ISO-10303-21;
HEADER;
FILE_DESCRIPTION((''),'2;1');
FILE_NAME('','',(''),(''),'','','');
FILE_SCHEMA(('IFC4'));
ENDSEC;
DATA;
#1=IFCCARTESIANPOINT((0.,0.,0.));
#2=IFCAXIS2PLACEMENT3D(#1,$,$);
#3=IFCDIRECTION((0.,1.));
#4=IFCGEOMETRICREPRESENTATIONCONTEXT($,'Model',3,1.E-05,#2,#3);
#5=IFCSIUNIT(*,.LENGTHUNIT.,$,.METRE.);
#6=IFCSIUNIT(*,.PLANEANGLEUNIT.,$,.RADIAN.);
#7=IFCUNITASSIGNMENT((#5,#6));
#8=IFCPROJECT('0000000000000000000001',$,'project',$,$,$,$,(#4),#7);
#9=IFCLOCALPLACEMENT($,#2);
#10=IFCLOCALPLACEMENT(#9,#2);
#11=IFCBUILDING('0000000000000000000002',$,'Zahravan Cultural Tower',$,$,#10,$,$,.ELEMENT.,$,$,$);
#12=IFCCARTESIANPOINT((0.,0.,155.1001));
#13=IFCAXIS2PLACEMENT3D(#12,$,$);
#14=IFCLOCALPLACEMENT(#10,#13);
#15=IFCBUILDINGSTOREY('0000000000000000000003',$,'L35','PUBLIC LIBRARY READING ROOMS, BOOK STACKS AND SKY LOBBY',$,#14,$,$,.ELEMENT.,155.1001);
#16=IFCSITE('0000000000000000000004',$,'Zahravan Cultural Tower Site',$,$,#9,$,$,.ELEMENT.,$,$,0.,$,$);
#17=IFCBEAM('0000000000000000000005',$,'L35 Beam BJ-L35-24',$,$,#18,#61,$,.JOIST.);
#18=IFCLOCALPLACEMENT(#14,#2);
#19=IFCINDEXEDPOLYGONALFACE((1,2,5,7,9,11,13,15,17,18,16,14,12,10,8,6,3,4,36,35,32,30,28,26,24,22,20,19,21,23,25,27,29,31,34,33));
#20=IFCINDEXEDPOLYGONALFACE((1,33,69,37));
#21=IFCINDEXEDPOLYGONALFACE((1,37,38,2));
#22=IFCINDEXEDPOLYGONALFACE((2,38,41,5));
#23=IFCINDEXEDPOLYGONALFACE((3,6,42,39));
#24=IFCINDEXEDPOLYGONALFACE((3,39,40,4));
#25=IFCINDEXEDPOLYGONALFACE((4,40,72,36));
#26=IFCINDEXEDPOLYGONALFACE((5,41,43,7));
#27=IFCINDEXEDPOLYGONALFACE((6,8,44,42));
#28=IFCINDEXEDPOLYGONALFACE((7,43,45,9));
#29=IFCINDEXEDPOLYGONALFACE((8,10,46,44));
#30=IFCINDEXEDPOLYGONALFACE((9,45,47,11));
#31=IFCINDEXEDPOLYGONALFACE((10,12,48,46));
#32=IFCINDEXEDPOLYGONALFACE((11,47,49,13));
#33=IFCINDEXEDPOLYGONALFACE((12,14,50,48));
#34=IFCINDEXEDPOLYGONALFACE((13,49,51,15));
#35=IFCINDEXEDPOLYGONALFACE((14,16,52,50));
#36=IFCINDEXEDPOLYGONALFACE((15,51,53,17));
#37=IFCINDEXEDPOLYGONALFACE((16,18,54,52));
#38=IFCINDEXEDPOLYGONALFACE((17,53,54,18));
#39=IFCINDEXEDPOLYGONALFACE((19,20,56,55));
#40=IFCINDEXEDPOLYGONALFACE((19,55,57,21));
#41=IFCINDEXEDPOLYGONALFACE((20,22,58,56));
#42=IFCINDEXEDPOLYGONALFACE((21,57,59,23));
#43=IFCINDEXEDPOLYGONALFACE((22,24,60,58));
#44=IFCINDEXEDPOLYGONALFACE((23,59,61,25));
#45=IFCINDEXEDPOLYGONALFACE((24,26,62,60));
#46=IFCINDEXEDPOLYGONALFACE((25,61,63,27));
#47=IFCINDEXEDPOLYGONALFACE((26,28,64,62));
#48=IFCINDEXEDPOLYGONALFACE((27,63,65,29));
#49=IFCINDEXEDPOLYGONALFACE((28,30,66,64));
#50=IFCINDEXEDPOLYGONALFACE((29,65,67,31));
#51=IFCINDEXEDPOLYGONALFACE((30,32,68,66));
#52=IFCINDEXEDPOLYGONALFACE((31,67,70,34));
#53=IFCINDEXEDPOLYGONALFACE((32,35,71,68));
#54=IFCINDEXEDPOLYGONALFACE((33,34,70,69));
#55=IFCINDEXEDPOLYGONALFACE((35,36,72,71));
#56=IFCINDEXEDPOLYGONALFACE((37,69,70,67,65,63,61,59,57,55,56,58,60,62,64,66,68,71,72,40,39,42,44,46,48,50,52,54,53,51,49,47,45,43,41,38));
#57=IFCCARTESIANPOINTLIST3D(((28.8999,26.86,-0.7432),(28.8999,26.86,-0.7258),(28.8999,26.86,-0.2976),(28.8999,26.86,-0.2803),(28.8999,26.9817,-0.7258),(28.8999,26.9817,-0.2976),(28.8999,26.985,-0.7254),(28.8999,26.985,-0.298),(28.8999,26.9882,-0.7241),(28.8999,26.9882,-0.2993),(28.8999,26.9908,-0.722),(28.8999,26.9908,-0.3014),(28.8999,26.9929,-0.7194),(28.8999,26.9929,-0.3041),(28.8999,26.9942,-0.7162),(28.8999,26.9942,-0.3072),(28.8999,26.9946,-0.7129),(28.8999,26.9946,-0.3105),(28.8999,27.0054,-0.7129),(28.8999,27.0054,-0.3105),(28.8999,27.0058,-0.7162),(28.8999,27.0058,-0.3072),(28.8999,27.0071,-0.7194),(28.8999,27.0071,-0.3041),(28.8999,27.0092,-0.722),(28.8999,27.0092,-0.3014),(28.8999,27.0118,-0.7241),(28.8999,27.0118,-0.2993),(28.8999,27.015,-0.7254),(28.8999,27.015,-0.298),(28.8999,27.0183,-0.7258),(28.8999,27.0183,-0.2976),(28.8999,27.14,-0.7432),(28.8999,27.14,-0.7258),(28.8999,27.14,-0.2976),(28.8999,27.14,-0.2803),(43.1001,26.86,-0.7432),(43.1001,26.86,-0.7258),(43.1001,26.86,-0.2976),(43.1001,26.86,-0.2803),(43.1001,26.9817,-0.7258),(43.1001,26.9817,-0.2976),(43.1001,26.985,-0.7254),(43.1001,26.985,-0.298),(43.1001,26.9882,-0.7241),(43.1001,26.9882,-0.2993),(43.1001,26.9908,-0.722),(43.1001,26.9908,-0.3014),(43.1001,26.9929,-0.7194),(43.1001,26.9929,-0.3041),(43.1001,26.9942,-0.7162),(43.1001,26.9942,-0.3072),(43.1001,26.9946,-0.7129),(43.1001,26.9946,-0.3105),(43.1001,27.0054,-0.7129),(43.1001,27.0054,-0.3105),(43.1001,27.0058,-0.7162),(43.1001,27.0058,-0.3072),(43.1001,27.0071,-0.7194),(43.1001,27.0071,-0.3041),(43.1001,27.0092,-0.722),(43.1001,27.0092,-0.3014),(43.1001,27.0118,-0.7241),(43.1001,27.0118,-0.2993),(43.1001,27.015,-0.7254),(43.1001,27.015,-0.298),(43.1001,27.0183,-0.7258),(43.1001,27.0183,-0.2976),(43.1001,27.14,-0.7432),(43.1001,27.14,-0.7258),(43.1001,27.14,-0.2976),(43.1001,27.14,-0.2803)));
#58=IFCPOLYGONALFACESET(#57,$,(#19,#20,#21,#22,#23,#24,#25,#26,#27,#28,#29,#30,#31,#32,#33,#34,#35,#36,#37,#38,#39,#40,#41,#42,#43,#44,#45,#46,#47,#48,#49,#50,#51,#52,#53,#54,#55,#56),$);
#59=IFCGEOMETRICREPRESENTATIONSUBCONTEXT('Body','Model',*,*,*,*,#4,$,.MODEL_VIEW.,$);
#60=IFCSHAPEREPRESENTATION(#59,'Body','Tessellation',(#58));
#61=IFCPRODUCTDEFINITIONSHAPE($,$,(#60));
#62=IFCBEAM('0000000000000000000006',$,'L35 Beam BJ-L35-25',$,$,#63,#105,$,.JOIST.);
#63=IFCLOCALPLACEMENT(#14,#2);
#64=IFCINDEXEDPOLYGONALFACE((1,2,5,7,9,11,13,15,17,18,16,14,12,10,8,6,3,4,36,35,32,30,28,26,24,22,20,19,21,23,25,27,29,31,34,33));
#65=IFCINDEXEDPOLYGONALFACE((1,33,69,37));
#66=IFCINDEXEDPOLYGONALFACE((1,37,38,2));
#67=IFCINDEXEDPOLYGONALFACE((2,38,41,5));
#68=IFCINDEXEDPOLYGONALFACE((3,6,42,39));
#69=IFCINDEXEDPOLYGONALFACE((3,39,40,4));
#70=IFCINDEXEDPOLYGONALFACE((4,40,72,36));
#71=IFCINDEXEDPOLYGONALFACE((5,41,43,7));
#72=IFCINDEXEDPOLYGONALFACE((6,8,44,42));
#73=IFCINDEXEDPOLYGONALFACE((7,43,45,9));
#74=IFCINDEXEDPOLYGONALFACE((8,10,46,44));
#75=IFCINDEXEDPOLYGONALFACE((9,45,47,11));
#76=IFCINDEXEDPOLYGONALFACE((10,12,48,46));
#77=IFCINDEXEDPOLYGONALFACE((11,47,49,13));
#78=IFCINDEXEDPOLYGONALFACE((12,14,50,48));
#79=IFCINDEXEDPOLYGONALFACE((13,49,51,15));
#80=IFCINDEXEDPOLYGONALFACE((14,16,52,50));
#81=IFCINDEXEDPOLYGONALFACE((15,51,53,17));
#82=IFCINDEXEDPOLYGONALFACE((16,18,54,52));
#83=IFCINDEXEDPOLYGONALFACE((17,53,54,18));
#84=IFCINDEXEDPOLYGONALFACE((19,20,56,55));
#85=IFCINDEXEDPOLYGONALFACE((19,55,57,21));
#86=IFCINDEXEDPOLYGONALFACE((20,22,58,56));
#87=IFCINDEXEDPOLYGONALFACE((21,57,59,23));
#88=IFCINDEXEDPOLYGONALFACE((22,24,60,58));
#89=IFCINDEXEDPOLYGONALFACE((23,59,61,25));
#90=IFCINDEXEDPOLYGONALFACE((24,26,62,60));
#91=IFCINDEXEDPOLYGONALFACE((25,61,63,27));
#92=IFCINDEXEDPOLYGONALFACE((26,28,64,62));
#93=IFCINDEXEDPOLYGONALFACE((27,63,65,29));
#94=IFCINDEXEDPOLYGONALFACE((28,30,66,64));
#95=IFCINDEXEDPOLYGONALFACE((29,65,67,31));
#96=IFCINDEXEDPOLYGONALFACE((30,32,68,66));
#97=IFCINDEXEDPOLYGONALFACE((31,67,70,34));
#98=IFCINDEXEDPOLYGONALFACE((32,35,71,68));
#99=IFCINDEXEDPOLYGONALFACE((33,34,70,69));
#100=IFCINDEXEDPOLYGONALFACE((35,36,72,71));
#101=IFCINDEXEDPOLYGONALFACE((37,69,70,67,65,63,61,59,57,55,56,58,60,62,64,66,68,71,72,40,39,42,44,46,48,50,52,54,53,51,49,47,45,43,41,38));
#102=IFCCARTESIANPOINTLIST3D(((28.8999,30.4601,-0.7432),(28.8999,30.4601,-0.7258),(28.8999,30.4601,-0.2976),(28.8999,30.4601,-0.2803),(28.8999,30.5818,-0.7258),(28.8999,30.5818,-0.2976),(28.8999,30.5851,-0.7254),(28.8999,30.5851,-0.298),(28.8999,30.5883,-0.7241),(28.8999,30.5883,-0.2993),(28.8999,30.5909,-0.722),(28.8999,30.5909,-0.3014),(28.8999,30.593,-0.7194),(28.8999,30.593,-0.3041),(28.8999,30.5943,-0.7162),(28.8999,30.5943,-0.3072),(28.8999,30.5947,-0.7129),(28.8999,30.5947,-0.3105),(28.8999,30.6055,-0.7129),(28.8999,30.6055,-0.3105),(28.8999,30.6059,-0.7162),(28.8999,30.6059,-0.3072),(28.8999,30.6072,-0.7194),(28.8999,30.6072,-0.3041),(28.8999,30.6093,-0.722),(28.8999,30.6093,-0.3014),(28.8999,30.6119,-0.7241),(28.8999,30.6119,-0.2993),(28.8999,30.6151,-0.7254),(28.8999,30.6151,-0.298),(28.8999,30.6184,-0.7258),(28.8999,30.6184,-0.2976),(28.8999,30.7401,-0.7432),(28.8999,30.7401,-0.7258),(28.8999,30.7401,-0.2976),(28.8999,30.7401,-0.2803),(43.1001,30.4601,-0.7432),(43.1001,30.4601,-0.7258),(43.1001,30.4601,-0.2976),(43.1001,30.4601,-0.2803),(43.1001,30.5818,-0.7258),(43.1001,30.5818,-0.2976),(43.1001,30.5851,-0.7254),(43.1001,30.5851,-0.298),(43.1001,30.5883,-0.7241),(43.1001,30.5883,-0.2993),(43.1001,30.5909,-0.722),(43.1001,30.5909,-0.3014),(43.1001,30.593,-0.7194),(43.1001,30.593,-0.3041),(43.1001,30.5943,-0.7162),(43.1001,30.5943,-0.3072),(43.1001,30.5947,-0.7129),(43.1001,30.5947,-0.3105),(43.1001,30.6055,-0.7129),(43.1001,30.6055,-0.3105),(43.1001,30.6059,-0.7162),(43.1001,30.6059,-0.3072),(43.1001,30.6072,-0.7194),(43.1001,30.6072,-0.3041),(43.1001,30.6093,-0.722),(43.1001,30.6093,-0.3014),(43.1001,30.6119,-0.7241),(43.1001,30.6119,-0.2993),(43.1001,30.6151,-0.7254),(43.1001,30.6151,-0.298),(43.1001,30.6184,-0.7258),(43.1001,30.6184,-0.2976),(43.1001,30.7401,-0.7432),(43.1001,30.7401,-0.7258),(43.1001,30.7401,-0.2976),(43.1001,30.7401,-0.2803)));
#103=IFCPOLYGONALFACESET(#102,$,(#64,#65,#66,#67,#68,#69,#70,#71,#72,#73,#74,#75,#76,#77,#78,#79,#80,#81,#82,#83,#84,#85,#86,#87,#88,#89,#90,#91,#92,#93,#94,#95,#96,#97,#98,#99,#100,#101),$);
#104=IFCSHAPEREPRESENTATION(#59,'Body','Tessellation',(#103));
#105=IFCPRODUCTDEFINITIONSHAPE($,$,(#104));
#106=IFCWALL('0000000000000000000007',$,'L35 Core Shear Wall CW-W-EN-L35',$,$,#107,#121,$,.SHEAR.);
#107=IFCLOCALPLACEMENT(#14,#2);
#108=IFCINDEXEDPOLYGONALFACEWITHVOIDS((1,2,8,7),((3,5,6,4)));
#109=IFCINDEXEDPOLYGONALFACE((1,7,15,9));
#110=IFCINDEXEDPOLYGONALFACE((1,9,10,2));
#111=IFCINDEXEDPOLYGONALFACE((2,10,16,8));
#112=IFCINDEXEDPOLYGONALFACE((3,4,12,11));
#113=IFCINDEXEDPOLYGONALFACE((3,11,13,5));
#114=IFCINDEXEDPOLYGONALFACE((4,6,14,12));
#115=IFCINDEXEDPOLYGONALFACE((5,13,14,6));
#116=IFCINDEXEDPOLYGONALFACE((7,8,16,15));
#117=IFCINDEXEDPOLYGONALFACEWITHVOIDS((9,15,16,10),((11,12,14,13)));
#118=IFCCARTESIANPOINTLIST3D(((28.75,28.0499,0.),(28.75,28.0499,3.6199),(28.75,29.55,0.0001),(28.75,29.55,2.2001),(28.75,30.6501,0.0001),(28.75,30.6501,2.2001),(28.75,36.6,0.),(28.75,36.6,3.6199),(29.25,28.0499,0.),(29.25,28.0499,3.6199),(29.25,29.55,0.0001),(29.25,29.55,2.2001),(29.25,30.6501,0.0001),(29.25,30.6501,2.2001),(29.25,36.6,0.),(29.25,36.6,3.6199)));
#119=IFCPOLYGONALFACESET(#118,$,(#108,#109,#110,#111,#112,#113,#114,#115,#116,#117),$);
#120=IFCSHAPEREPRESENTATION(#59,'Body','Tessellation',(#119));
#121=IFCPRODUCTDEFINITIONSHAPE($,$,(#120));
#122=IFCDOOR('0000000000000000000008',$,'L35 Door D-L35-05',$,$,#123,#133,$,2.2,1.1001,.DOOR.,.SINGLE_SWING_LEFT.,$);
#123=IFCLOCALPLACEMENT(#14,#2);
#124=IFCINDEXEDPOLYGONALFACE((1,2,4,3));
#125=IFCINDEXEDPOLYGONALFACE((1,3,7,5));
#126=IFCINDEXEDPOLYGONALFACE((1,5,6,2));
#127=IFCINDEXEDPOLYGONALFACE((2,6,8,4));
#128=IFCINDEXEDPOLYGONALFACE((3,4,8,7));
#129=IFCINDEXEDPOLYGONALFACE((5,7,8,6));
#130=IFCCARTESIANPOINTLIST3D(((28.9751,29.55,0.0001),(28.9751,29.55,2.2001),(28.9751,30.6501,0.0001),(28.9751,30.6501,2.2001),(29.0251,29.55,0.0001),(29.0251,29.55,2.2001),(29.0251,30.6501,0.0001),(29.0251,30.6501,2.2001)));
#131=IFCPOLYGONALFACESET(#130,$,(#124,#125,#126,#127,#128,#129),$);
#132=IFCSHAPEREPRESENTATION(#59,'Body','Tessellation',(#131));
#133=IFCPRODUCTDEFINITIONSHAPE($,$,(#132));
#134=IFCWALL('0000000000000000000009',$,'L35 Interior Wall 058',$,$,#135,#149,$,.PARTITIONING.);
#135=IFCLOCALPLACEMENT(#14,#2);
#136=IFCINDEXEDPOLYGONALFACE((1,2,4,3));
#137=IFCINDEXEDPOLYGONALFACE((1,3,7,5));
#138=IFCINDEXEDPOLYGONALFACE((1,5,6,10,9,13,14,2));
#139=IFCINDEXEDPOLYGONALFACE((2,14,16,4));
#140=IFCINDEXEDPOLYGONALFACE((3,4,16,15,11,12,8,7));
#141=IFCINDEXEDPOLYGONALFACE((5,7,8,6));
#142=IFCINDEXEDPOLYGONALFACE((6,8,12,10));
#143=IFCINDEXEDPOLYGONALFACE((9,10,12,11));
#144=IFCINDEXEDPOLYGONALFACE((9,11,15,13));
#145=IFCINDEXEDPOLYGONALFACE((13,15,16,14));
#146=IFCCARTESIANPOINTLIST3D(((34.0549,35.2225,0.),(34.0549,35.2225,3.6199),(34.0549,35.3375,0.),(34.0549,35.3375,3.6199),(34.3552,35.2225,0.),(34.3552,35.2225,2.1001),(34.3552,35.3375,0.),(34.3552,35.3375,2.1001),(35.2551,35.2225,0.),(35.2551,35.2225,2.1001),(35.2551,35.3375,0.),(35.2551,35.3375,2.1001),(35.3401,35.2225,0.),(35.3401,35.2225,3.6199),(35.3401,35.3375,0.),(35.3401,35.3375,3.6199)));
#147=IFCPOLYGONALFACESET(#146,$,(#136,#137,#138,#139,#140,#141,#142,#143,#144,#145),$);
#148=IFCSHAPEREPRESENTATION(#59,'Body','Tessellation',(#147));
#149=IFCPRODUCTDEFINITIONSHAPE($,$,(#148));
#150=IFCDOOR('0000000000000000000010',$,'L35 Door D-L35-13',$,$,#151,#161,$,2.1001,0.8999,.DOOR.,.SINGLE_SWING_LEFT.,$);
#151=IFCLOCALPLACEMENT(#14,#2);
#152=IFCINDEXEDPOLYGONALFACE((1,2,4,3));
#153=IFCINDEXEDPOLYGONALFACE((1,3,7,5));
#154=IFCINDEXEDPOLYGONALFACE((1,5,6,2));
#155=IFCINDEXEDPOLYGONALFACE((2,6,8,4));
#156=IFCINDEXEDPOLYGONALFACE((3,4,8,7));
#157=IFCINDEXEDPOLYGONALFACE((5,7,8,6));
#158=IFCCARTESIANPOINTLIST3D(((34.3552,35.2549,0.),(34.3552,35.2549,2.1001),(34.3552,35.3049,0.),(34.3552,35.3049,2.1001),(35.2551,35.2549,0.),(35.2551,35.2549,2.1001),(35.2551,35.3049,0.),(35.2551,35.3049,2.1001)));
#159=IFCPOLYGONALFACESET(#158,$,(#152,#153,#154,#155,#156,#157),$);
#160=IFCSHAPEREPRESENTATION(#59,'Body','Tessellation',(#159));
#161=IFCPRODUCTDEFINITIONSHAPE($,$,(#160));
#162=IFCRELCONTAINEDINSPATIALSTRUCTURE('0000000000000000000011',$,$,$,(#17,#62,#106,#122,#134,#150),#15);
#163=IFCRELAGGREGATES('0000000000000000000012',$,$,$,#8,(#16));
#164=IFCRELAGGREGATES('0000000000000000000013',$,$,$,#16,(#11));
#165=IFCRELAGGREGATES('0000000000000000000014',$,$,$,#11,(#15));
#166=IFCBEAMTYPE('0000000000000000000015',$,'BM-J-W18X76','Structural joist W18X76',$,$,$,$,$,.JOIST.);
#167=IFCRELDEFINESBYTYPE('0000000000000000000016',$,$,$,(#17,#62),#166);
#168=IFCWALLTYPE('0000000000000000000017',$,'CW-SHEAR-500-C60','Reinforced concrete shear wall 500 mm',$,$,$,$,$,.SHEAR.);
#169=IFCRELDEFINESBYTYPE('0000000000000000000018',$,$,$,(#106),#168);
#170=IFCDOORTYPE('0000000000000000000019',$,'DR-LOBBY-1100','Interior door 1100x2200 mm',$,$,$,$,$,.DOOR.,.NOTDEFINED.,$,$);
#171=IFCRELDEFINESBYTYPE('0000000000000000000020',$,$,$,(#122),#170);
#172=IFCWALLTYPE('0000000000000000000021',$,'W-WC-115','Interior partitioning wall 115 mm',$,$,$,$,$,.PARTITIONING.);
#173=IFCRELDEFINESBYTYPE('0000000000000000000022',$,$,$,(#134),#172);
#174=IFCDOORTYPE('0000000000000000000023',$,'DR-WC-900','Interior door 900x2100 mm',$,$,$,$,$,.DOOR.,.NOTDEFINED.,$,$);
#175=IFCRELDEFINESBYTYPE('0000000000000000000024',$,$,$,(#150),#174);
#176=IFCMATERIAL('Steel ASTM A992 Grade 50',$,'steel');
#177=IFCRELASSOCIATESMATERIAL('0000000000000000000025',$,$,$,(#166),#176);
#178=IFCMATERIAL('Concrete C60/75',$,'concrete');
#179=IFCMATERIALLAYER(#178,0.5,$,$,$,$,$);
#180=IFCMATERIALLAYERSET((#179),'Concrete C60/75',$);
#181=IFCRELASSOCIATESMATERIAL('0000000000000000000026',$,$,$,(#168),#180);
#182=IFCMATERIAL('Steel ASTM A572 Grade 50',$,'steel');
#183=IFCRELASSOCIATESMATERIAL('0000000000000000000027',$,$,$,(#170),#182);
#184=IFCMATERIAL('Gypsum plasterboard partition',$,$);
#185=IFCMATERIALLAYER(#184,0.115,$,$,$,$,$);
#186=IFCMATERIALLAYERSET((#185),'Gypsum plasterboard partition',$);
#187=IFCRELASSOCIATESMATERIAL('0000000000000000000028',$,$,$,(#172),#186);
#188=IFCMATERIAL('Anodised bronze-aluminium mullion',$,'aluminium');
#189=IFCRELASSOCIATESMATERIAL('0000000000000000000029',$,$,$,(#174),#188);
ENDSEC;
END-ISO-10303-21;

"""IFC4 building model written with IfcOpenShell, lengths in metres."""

from ifc_helpers import new_model, si_unit, direction, frame, frame_2d, origin, origin_2d, place, context, subcontext, project, spatial, rectangle, i_section, extrude, source, transform, mapped, material, layer, layer_set, material_profile, profile_set, type_object, element, fill, save


model = new_model("IFC4")

# Units and contexts
model_context = context("Model", 3, precision=1e-05, world=origin(), true_north=direction((0.0, 1.0)))
body_context = subcontext(model_context, "Body", "Model", "MODEL_VIEW")
ifc_project = project(units=[si_unit("LENGTHUNIT", "METRE"), si_unit("PLANEANGLEUNIT", "RADIAN")], contexts=[model_context])

# Site, building, storey
site_placement = place(None, origin())
site = spatial("IfcSite", under=ifc_project, at=site_placement, Name="Zahravan Cultural Tower Site", CompositionType="ELEMENT", RefElevation=0.0)
building_placement = place(site_placement, origin())
building = spatial("IfcBuilding", under=site, at=building_placement, Name="Zahravan Cultural Tower", CompositionType="ELEMENT")
storey_placement = place(building_placement, frame((0.0, 0.0, 155.1001)))
storey = spatial("IfcBuildingStorey", under=building, at=storey_placement, Name="L35", Description="PUBLIC LIBRARY READING ROOMS, BOOK STACKS AND SKY LOBBY", CompositionType="ELEMENT", Elevation=155.1001)

# Beams
ifc_material_1 = material(Name="Steel ASTM A992 Grade 50", Category="steel")
ifc_material_profile_1 = material_profile(ifc_material_1, i_section(OverallWidth=0.28, OverallDepth=0.4629, WebThickness=0.0107, FlangeThickness=0.0173, FilletRadius=0.0129, at=origin_2d()), Name="W18X76")
ifc_profile_set_1 = profile_set([ifc_material_profile_1], Name="Steel ASTM A992 Grade 50")
beam_type_1 = type_object("IfcBeamType", Name="BM-J-W18X76", Description="Structural joist W18X76", PredefinedType="JOIST", material=ifc_profile_set_1)
shared_shape_1 = source(origin(), body_context, "Body", "SweptSolid", [
    extrude(i_section(OverallWidth=0.28, OverallDepth=0.4629, WebThickness=0.0107, FlangeThickness=0.0173, FilletRadius=0.0129, at=origin_2d()), origin(), (0.0, 0.0, 1.0), 14.2002),
])
for number, where, z_axis, x_axis, name in (
    (1, (28.8999, 27.0, -0.5117), (1.0, 0.0, 0.0), (0.0, 1.0, 0.0), "L35 Beam BJ-L35-24"),
    (2, (28.8999, 30.6001, -0.5117), (1.0, 0.0, 0.0), (0.0, 1.0, 0.0), "L35 Beam BJ-L35-25"),
):
    element("IfcBeam", number, at=place(storey_placement, frame(where, z_axis=z_axis, x_axis=x_axis)), inside=storey, type_object=beam_type_1, Name=name, PredefinedType="JOIST", context=body_context, shape_type="MappedRepresentation", body=[
        mapped(shared_shape_1, transform((0.0, 0.0, 0.0), x_axis=(1.0, 0.0, 0.0), y_axis=(0.0, 1.0, 0.0), z_axis=(0.0, 0.0, 1.0), scale=1.0)),
    ])

# Walls, openings, doors
ifc_material_2 = material(Name="Concrete C60/75", Category="concrete")
ifc_layer_1 = layer(ifc_material_2, 0.5)
ifc_layer_set_1 = layer_set([ifc_layer_1], Name="Concrete C60/75")
wall_type_1 = type_object("IfcWallType", Name="CW-SHEAR-500-C60", Description="Reinforced concrete shear wall 500 mm", PredefinedType="SHEAR", material=ifc_layer_set_1)
wall_1_placement = place(storey_placement, frame((29.0, 28.05, 0.0), z_axis=(0.0, 0.0, 1.0), x_axis=(0.0, 1.0, 0.0)))
wall_1 = element("IfcWall", 3, at=wall_1_placement, inside=storey, type_object=wall_type_1, Name="L35 Core Shear Wall CW-W-EN-L35", PredefinedType="SHEAR", context=body_context, shape_type="SweptSolid", body=[
    extrude(rectangle(XDim=8.55, YDim=0.5, at=frame_2d((4.2749, 0.0))), origin(), (0.0, 0.0, 1.0), 3.6199),
])
opening_1_placement = place(wall_1_placement, frame((1.5, 0.0, 0.0)))
opening_1 = element("IfcOpeningElement", 4, at=opening_1_placement, cuts=wall_1, PredefinedType="OPENING", context=body_context, shape_type="SweptSolid", body=[
    extrude(rectangle(XDim=1.1001, YDim=2.2, at=frame_2d((0.55, 1.1001))), frame((0.0, 0.26, 0.0), z_axis=(0.0, -1.0, 0.0), x_axis=(1.0, 0.0, 0.0)), (0.0, 0.0, 1.0), 0.52),
])
ifc_material_3 = material(Name="Steel ASTM A572 Grade 50", Category="steel")
door_type_1 = type_object("IfcDoorType", Name="DR-LOBBY-1100", Description="Interior door 1100x2200 mm", OperationType="NOTDEFINED", PredefinedType="DOOR", material=ifc_material_3)
shared_shape_2 = source(origin(), body_context, "Body", "SweptSolid", [
    extrude(rectangle(XDim=1.1001, YDim=2.2, at=frame_2d((0.55, 1.1001))), frame((0.0, 0.0249, 0.0), z_axis=(0.0, -1.0, 0.0), x_axis=(1.0, 0.0, 0.0)), (0.0, 0.0, 1.0), 0.05),
])
door_1_placement = place(opening_1_placement, origin())
door_1 = element("IfcDoor", 5, at=door_1_placement, inside=storey, type_object=door_type_1, Name="L35 Door D-L35-05", OperationType="SINGLE_SWING_LEFT", OverallHeight=2.2, OverallWidth=1.1001, PredefinedType="DOOR", context=body_context, shape_type="MappedRepresentation", body=[
    mapped(shared_shape_2, transform((0.0, 0.0, 0.0), x_axis=(1.0, 0.0, 0.0), y_axis=(0.0, 1.0, 0.0), z_axis=(0.0, 0.0, 1.0), scale=1.0)),
])
fill(opening_1, door_1)
ifc_material_4 = material(Name="Gypsum plasterboard partition")
ifc_material_5 = material(Name="Anodised bronze-aluminium mullion", Category="aluminium")
ifc_layer_2 = layer(ifc_material_4, 0.115)
ifc_layer_set_2 = layer_set([ifc_layer_2], Name="Gypsum plasterboard partition")
wall_type_2 = type_object("IfcWallType", Name="W-WC-115", Description="Interior partitioning wall 115 mm", PredefinedType="PARTITIONING", material=ifc_layer_set_2)
wall_2_placement = place(storey_placement, frame((34.0549, 35.28, 0.0), z_axis=(0.0, 0.0, 1.0), x_axis=(1.0, 0.0, 0.0)))
wall_2 = element("IfcWall", 6, at=wall_2_placement, inside=storey, type_object=wall_type_2, Name="L35 Interior Wall 058", PredefinedType="PARTITIONING", context=body_context, shape_type="SweptSolid", body=[
    extrude(rectangle(XDim=1.2852, YDim=0.115, at=frame_2d((0.6426, 0.0))), origin(), (0.0, 0.0, 1.0), 3.6199),
])
opening_2_placement = place(wall_2_placement, frame((0.3003, 0.0, 0.0)))
opening_2 = element("IfcOpeningElement", 7, at=opening_2_placement, cuts=wall_2, PredefinedType="OPENING", context=body_context, shape_type="SweptSolid", body=[
    extrude(rectangle(XDim=0.8999, YDim=2.1001, at=frame_2d((0.45, 1.05))), frame((0.0, 0.0674, 0.0), z_axis=(0.0, -1.0, 0.0), x_axis=(1.0, 0.0, 0.0)), (0.0, 0.0, 1.0), 0.135),
])
door_type_2 = type_object("IfcDoorType", Name="DR-WC-900", Description="Interior door 900x2100 mm", OperationType="NOTDEFINED", PredefinedType="DOOR", material=ifc_material_5)
shared_shape_3 = source(origin(), body_context, "Body", "SweptSolid", [
    extrude(rectangle(XDim=0.8999, YDim=2.1001, at=frame_2d((0.45, 1.05))), frame((0.0, 0.0249, 0.0), z_axis=(0.0, -1.0, 0.0), x_axis=(1.0, 0.0, 0.0)), (0.0, 0.0, 1.0), 0.05),
])
door_2_placement = place(opening_2_placement, origin())
door_2 = element("IfcDoor", 8, at=door_2_placement, inside=storey, type_object=door_type_2, Name="L35 Door D-L35-13", OperationType="SINGLE_SWING_LEFT", OverallHeight=2.1001, OverallWidth=0.8999, PredefinedType="DOOR", context=body_context, shape_type="MappedRepresentation", body=[
    mapped(shared_shape_3, transform((0.0, 0.0, 0.0), x_axis=(1.0, 0.0, 0.0), y_axis=(0.0, 1.0, 0.0), z_axis=(0.0, 0.0, 1.0), scale=1.0)),
])
fill(opening_2, door_2)

save(model, "model.ifc")
